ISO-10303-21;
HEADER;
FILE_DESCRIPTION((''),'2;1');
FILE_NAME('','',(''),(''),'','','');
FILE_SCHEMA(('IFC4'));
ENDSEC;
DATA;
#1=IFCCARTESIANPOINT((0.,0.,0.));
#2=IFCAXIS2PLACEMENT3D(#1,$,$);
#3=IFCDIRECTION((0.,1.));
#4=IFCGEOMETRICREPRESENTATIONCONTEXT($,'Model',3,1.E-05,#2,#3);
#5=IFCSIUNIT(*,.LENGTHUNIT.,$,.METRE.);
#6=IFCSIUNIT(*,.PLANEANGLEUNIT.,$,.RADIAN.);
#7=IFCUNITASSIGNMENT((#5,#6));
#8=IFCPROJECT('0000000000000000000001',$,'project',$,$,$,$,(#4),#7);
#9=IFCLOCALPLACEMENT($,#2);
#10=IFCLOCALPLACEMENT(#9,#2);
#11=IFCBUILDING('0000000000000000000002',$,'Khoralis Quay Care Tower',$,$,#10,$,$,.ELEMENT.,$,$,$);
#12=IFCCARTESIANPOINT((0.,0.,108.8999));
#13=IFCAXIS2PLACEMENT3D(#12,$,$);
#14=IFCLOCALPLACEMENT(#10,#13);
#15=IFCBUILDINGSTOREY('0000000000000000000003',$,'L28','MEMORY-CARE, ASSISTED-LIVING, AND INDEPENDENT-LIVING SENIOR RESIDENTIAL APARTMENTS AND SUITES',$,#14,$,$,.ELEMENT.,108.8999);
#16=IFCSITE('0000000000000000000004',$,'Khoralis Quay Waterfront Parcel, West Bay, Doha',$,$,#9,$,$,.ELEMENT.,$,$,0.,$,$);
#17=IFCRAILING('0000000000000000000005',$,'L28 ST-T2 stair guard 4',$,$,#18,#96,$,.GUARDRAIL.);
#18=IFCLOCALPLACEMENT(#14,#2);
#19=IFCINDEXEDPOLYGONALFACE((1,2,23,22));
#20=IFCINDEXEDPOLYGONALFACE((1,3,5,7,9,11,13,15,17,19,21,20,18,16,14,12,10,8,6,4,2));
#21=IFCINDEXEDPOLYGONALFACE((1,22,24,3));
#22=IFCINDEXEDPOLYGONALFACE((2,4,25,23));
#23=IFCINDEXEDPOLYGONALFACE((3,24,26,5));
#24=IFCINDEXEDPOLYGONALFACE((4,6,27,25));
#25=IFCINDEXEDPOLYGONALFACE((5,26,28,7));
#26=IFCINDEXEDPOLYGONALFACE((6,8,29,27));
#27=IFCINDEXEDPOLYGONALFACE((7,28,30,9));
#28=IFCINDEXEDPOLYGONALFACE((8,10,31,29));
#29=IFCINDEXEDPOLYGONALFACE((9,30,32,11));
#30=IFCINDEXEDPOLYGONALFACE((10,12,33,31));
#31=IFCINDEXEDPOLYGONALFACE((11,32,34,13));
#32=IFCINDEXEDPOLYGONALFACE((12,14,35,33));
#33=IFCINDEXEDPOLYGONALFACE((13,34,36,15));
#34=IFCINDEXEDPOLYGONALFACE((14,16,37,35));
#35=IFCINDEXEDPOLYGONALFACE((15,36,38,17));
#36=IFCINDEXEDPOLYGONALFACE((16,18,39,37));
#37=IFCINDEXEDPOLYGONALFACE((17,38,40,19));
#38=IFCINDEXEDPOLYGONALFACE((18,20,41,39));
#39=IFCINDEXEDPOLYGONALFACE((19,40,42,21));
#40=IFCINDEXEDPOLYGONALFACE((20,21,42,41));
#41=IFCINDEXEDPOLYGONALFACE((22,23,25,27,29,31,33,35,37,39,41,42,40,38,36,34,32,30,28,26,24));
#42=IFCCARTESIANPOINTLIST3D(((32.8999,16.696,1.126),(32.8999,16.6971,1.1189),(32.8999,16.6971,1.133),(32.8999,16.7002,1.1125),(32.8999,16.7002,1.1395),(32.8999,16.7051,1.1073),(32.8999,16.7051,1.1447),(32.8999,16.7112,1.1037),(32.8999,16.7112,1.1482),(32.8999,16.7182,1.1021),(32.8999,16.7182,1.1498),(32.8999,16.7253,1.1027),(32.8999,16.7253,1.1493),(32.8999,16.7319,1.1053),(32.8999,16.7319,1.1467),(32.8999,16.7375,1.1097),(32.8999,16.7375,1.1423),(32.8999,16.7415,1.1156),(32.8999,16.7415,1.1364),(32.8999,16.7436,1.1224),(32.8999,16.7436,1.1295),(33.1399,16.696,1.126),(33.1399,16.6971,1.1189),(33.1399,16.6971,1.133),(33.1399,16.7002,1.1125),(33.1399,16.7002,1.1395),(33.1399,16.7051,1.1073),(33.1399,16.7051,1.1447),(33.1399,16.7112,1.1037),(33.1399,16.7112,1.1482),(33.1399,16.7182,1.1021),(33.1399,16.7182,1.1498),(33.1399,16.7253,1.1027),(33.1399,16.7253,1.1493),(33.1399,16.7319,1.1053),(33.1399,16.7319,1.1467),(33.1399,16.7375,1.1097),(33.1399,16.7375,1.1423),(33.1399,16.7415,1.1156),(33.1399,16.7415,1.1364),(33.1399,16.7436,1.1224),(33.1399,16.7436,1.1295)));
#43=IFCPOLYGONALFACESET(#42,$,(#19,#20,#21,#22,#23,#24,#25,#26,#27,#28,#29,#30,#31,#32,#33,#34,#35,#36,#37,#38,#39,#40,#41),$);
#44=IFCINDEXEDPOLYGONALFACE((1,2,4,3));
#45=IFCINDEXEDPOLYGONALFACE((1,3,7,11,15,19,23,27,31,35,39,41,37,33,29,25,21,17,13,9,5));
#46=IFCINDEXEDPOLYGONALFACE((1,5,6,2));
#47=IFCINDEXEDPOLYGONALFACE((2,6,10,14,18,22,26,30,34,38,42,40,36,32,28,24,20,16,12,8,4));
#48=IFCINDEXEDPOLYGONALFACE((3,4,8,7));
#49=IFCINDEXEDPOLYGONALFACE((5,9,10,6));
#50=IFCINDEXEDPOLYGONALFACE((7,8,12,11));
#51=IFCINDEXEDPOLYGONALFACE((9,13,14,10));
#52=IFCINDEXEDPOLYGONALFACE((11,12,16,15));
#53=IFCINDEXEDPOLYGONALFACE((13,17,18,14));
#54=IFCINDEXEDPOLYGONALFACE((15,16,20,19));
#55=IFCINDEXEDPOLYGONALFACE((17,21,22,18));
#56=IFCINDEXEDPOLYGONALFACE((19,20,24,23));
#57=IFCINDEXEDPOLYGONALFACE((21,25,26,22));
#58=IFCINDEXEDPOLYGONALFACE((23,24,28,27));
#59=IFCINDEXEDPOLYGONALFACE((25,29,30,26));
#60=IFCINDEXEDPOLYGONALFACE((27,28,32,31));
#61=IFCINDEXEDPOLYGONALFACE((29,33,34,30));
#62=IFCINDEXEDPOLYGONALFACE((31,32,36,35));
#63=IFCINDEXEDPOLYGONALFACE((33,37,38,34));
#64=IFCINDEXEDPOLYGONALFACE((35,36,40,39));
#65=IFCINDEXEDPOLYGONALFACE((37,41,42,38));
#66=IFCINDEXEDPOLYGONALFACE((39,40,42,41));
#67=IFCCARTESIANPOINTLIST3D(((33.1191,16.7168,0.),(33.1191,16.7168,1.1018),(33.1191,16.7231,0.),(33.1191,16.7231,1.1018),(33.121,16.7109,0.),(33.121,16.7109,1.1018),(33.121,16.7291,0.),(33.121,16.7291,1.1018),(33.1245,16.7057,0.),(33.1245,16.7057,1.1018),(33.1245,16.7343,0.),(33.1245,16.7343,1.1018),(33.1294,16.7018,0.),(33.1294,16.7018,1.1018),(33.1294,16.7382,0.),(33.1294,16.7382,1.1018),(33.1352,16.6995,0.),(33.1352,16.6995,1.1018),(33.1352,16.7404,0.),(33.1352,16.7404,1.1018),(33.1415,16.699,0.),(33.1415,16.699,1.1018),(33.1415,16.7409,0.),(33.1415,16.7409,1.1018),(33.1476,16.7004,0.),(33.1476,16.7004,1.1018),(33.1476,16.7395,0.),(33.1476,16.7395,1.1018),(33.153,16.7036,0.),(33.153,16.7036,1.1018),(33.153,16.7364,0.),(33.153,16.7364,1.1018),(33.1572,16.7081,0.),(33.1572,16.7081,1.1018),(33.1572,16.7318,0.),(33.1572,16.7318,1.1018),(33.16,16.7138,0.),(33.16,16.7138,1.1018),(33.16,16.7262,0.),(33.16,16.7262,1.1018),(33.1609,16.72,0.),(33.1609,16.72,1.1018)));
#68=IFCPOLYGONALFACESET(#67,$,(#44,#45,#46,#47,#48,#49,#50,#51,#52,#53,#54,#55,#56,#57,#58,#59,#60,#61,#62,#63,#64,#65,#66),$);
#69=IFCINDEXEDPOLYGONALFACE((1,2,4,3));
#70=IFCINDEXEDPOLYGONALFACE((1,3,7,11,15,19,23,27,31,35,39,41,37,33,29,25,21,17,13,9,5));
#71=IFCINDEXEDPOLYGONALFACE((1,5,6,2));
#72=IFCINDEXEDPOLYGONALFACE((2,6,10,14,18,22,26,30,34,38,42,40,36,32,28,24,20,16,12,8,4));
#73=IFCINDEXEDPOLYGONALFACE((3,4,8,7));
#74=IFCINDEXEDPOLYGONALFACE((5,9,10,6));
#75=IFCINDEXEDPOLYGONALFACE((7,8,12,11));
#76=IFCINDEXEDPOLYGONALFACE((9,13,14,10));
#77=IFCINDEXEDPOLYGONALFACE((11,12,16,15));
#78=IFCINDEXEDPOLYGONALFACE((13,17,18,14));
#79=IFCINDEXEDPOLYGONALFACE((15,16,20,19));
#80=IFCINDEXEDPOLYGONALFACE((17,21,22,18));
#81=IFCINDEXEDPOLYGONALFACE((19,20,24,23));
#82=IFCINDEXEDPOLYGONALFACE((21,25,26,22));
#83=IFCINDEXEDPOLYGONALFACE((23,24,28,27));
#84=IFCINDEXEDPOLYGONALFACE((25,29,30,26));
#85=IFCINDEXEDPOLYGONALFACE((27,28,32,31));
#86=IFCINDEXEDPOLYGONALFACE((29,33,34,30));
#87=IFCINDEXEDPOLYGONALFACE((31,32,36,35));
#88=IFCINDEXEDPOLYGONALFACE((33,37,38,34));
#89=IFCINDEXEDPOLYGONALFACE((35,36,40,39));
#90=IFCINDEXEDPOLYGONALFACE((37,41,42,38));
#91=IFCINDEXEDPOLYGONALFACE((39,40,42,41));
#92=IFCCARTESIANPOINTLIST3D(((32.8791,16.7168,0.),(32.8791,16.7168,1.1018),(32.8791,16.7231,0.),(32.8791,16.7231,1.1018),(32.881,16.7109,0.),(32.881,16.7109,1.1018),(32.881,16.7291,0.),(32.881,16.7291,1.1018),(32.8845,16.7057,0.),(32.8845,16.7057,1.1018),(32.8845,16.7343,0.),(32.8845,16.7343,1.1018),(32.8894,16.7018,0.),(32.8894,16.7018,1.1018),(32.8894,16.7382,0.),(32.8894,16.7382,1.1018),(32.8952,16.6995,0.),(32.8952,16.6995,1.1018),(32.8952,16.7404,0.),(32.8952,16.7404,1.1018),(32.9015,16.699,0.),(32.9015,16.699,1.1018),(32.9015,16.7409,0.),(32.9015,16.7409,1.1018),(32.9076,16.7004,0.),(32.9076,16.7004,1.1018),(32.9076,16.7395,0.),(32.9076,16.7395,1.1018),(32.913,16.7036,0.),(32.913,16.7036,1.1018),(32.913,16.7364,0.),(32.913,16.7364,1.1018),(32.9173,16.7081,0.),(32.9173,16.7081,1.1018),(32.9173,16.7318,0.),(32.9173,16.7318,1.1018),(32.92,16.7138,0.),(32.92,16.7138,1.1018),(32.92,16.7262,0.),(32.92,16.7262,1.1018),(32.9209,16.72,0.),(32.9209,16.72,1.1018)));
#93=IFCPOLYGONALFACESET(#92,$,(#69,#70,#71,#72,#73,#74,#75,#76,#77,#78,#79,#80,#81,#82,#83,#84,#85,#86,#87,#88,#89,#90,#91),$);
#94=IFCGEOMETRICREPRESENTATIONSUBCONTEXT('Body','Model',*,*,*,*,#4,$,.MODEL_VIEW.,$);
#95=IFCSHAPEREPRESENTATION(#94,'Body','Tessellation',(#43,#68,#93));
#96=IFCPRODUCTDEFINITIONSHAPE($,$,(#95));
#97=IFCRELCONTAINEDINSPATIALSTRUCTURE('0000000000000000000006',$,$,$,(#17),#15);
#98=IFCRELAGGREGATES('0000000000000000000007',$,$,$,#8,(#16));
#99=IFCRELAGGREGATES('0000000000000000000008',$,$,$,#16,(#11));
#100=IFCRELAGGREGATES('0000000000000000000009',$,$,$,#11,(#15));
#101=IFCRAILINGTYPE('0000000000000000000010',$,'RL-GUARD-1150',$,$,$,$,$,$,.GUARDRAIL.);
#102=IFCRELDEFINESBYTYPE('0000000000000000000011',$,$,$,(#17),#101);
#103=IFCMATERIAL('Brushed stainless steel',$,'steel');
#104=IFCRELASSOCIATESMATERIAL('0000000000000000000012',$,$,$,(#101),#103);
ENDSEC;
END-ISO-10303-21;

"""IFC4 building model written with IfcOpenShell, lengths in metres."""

from ifc_helpers import new_model, si_unit, direction, frame, origin, origin_2d, place, context, subcontext, project, spatial, circle, extrude, material, type_object, element, save


model = new_model("IFC4")

# Units and contexts
model_context = context("Model", 3, precision=1e-05, world=origin(), true_north=direction((0.0, 1.0)))
body_context = subcontext(model_context, "Body", "Model", "MODEL_VIEW")
ifc_project = project(units=[si_unit("LENGTHUNIT", "METRE"), si_unit("PLANEANGLEUNIT", "RADIAN")], contexts=[model_context])

# Site, building, storey
site_placement = place(None, origin())
site = spatial("IfcSite", under=ifc_project, at=site_placement, Name="Khoralis Quay Waterfront Parcel, West Bay, Doha", CompositionType="ELEMENT", RefElevation=0.0)
building_placement = place(site_placement, origin())
building = spatial("IfcBuilding", under=site, at=building_placement, Name="Khoralis Quay Care Tower", CompositionType="ELEMENT")
storey_placement = place(building_placement, frame((0.0, 0.0, 108.8999)))
storey = spatial("IfcBuildingStorey", under=building, at=storey_placement, Name="L28", Description="MEMORY-CARE, ASSISTED-LIVING, AND INDEPENDENT-LIVING SENIOR RESIDENTIAL APARTMENTS AND SUITES", CompositionType="ELEMENT", Elevation=108.8999)

# Shared definitions
ifc_material_1 = material(Name="Brushed stainless steel", Category="steel")

# Railing
railing_type_1 = type_object("IfcRailingType", Name="RL-GUARD-1150", PredefinedType="GUARDRAIL", material=ifc_material_1)
railing_1_placement = place(storey_placement, frame((33.1399, 16.72, 0.0)))
element("IfcRailing", 1, at=railing_1_placement, inside=storey, type_object=railing_type_1, Name="L28 ST-T2 stair guard 4", PredefinedType="GUARDRAIL", context=body_context, shape_type="SweptSolid", body=[
    extrude(circle(Radius=0.0239, at=origin_2d()), frame((0.0, 0.0, 1.126), z_axis=(-1.0, 0.0, 0.0), x_axis=(0.0, -1.0, 0.0)), (0.0, 0.0, 1.0), 0.24),
    extrude(circle(Radius=0.021, at=origin_2d()), origin(), (0.0, 0.0, 1.0), 1.1018),
    extrude(circle(Radius=0.021, at=origin_2d()), frame((-0.24, 0.0, 0.0)), (0.0, 0.0, 1.0), 1.1018),
])

save(model, "model.ifc")
